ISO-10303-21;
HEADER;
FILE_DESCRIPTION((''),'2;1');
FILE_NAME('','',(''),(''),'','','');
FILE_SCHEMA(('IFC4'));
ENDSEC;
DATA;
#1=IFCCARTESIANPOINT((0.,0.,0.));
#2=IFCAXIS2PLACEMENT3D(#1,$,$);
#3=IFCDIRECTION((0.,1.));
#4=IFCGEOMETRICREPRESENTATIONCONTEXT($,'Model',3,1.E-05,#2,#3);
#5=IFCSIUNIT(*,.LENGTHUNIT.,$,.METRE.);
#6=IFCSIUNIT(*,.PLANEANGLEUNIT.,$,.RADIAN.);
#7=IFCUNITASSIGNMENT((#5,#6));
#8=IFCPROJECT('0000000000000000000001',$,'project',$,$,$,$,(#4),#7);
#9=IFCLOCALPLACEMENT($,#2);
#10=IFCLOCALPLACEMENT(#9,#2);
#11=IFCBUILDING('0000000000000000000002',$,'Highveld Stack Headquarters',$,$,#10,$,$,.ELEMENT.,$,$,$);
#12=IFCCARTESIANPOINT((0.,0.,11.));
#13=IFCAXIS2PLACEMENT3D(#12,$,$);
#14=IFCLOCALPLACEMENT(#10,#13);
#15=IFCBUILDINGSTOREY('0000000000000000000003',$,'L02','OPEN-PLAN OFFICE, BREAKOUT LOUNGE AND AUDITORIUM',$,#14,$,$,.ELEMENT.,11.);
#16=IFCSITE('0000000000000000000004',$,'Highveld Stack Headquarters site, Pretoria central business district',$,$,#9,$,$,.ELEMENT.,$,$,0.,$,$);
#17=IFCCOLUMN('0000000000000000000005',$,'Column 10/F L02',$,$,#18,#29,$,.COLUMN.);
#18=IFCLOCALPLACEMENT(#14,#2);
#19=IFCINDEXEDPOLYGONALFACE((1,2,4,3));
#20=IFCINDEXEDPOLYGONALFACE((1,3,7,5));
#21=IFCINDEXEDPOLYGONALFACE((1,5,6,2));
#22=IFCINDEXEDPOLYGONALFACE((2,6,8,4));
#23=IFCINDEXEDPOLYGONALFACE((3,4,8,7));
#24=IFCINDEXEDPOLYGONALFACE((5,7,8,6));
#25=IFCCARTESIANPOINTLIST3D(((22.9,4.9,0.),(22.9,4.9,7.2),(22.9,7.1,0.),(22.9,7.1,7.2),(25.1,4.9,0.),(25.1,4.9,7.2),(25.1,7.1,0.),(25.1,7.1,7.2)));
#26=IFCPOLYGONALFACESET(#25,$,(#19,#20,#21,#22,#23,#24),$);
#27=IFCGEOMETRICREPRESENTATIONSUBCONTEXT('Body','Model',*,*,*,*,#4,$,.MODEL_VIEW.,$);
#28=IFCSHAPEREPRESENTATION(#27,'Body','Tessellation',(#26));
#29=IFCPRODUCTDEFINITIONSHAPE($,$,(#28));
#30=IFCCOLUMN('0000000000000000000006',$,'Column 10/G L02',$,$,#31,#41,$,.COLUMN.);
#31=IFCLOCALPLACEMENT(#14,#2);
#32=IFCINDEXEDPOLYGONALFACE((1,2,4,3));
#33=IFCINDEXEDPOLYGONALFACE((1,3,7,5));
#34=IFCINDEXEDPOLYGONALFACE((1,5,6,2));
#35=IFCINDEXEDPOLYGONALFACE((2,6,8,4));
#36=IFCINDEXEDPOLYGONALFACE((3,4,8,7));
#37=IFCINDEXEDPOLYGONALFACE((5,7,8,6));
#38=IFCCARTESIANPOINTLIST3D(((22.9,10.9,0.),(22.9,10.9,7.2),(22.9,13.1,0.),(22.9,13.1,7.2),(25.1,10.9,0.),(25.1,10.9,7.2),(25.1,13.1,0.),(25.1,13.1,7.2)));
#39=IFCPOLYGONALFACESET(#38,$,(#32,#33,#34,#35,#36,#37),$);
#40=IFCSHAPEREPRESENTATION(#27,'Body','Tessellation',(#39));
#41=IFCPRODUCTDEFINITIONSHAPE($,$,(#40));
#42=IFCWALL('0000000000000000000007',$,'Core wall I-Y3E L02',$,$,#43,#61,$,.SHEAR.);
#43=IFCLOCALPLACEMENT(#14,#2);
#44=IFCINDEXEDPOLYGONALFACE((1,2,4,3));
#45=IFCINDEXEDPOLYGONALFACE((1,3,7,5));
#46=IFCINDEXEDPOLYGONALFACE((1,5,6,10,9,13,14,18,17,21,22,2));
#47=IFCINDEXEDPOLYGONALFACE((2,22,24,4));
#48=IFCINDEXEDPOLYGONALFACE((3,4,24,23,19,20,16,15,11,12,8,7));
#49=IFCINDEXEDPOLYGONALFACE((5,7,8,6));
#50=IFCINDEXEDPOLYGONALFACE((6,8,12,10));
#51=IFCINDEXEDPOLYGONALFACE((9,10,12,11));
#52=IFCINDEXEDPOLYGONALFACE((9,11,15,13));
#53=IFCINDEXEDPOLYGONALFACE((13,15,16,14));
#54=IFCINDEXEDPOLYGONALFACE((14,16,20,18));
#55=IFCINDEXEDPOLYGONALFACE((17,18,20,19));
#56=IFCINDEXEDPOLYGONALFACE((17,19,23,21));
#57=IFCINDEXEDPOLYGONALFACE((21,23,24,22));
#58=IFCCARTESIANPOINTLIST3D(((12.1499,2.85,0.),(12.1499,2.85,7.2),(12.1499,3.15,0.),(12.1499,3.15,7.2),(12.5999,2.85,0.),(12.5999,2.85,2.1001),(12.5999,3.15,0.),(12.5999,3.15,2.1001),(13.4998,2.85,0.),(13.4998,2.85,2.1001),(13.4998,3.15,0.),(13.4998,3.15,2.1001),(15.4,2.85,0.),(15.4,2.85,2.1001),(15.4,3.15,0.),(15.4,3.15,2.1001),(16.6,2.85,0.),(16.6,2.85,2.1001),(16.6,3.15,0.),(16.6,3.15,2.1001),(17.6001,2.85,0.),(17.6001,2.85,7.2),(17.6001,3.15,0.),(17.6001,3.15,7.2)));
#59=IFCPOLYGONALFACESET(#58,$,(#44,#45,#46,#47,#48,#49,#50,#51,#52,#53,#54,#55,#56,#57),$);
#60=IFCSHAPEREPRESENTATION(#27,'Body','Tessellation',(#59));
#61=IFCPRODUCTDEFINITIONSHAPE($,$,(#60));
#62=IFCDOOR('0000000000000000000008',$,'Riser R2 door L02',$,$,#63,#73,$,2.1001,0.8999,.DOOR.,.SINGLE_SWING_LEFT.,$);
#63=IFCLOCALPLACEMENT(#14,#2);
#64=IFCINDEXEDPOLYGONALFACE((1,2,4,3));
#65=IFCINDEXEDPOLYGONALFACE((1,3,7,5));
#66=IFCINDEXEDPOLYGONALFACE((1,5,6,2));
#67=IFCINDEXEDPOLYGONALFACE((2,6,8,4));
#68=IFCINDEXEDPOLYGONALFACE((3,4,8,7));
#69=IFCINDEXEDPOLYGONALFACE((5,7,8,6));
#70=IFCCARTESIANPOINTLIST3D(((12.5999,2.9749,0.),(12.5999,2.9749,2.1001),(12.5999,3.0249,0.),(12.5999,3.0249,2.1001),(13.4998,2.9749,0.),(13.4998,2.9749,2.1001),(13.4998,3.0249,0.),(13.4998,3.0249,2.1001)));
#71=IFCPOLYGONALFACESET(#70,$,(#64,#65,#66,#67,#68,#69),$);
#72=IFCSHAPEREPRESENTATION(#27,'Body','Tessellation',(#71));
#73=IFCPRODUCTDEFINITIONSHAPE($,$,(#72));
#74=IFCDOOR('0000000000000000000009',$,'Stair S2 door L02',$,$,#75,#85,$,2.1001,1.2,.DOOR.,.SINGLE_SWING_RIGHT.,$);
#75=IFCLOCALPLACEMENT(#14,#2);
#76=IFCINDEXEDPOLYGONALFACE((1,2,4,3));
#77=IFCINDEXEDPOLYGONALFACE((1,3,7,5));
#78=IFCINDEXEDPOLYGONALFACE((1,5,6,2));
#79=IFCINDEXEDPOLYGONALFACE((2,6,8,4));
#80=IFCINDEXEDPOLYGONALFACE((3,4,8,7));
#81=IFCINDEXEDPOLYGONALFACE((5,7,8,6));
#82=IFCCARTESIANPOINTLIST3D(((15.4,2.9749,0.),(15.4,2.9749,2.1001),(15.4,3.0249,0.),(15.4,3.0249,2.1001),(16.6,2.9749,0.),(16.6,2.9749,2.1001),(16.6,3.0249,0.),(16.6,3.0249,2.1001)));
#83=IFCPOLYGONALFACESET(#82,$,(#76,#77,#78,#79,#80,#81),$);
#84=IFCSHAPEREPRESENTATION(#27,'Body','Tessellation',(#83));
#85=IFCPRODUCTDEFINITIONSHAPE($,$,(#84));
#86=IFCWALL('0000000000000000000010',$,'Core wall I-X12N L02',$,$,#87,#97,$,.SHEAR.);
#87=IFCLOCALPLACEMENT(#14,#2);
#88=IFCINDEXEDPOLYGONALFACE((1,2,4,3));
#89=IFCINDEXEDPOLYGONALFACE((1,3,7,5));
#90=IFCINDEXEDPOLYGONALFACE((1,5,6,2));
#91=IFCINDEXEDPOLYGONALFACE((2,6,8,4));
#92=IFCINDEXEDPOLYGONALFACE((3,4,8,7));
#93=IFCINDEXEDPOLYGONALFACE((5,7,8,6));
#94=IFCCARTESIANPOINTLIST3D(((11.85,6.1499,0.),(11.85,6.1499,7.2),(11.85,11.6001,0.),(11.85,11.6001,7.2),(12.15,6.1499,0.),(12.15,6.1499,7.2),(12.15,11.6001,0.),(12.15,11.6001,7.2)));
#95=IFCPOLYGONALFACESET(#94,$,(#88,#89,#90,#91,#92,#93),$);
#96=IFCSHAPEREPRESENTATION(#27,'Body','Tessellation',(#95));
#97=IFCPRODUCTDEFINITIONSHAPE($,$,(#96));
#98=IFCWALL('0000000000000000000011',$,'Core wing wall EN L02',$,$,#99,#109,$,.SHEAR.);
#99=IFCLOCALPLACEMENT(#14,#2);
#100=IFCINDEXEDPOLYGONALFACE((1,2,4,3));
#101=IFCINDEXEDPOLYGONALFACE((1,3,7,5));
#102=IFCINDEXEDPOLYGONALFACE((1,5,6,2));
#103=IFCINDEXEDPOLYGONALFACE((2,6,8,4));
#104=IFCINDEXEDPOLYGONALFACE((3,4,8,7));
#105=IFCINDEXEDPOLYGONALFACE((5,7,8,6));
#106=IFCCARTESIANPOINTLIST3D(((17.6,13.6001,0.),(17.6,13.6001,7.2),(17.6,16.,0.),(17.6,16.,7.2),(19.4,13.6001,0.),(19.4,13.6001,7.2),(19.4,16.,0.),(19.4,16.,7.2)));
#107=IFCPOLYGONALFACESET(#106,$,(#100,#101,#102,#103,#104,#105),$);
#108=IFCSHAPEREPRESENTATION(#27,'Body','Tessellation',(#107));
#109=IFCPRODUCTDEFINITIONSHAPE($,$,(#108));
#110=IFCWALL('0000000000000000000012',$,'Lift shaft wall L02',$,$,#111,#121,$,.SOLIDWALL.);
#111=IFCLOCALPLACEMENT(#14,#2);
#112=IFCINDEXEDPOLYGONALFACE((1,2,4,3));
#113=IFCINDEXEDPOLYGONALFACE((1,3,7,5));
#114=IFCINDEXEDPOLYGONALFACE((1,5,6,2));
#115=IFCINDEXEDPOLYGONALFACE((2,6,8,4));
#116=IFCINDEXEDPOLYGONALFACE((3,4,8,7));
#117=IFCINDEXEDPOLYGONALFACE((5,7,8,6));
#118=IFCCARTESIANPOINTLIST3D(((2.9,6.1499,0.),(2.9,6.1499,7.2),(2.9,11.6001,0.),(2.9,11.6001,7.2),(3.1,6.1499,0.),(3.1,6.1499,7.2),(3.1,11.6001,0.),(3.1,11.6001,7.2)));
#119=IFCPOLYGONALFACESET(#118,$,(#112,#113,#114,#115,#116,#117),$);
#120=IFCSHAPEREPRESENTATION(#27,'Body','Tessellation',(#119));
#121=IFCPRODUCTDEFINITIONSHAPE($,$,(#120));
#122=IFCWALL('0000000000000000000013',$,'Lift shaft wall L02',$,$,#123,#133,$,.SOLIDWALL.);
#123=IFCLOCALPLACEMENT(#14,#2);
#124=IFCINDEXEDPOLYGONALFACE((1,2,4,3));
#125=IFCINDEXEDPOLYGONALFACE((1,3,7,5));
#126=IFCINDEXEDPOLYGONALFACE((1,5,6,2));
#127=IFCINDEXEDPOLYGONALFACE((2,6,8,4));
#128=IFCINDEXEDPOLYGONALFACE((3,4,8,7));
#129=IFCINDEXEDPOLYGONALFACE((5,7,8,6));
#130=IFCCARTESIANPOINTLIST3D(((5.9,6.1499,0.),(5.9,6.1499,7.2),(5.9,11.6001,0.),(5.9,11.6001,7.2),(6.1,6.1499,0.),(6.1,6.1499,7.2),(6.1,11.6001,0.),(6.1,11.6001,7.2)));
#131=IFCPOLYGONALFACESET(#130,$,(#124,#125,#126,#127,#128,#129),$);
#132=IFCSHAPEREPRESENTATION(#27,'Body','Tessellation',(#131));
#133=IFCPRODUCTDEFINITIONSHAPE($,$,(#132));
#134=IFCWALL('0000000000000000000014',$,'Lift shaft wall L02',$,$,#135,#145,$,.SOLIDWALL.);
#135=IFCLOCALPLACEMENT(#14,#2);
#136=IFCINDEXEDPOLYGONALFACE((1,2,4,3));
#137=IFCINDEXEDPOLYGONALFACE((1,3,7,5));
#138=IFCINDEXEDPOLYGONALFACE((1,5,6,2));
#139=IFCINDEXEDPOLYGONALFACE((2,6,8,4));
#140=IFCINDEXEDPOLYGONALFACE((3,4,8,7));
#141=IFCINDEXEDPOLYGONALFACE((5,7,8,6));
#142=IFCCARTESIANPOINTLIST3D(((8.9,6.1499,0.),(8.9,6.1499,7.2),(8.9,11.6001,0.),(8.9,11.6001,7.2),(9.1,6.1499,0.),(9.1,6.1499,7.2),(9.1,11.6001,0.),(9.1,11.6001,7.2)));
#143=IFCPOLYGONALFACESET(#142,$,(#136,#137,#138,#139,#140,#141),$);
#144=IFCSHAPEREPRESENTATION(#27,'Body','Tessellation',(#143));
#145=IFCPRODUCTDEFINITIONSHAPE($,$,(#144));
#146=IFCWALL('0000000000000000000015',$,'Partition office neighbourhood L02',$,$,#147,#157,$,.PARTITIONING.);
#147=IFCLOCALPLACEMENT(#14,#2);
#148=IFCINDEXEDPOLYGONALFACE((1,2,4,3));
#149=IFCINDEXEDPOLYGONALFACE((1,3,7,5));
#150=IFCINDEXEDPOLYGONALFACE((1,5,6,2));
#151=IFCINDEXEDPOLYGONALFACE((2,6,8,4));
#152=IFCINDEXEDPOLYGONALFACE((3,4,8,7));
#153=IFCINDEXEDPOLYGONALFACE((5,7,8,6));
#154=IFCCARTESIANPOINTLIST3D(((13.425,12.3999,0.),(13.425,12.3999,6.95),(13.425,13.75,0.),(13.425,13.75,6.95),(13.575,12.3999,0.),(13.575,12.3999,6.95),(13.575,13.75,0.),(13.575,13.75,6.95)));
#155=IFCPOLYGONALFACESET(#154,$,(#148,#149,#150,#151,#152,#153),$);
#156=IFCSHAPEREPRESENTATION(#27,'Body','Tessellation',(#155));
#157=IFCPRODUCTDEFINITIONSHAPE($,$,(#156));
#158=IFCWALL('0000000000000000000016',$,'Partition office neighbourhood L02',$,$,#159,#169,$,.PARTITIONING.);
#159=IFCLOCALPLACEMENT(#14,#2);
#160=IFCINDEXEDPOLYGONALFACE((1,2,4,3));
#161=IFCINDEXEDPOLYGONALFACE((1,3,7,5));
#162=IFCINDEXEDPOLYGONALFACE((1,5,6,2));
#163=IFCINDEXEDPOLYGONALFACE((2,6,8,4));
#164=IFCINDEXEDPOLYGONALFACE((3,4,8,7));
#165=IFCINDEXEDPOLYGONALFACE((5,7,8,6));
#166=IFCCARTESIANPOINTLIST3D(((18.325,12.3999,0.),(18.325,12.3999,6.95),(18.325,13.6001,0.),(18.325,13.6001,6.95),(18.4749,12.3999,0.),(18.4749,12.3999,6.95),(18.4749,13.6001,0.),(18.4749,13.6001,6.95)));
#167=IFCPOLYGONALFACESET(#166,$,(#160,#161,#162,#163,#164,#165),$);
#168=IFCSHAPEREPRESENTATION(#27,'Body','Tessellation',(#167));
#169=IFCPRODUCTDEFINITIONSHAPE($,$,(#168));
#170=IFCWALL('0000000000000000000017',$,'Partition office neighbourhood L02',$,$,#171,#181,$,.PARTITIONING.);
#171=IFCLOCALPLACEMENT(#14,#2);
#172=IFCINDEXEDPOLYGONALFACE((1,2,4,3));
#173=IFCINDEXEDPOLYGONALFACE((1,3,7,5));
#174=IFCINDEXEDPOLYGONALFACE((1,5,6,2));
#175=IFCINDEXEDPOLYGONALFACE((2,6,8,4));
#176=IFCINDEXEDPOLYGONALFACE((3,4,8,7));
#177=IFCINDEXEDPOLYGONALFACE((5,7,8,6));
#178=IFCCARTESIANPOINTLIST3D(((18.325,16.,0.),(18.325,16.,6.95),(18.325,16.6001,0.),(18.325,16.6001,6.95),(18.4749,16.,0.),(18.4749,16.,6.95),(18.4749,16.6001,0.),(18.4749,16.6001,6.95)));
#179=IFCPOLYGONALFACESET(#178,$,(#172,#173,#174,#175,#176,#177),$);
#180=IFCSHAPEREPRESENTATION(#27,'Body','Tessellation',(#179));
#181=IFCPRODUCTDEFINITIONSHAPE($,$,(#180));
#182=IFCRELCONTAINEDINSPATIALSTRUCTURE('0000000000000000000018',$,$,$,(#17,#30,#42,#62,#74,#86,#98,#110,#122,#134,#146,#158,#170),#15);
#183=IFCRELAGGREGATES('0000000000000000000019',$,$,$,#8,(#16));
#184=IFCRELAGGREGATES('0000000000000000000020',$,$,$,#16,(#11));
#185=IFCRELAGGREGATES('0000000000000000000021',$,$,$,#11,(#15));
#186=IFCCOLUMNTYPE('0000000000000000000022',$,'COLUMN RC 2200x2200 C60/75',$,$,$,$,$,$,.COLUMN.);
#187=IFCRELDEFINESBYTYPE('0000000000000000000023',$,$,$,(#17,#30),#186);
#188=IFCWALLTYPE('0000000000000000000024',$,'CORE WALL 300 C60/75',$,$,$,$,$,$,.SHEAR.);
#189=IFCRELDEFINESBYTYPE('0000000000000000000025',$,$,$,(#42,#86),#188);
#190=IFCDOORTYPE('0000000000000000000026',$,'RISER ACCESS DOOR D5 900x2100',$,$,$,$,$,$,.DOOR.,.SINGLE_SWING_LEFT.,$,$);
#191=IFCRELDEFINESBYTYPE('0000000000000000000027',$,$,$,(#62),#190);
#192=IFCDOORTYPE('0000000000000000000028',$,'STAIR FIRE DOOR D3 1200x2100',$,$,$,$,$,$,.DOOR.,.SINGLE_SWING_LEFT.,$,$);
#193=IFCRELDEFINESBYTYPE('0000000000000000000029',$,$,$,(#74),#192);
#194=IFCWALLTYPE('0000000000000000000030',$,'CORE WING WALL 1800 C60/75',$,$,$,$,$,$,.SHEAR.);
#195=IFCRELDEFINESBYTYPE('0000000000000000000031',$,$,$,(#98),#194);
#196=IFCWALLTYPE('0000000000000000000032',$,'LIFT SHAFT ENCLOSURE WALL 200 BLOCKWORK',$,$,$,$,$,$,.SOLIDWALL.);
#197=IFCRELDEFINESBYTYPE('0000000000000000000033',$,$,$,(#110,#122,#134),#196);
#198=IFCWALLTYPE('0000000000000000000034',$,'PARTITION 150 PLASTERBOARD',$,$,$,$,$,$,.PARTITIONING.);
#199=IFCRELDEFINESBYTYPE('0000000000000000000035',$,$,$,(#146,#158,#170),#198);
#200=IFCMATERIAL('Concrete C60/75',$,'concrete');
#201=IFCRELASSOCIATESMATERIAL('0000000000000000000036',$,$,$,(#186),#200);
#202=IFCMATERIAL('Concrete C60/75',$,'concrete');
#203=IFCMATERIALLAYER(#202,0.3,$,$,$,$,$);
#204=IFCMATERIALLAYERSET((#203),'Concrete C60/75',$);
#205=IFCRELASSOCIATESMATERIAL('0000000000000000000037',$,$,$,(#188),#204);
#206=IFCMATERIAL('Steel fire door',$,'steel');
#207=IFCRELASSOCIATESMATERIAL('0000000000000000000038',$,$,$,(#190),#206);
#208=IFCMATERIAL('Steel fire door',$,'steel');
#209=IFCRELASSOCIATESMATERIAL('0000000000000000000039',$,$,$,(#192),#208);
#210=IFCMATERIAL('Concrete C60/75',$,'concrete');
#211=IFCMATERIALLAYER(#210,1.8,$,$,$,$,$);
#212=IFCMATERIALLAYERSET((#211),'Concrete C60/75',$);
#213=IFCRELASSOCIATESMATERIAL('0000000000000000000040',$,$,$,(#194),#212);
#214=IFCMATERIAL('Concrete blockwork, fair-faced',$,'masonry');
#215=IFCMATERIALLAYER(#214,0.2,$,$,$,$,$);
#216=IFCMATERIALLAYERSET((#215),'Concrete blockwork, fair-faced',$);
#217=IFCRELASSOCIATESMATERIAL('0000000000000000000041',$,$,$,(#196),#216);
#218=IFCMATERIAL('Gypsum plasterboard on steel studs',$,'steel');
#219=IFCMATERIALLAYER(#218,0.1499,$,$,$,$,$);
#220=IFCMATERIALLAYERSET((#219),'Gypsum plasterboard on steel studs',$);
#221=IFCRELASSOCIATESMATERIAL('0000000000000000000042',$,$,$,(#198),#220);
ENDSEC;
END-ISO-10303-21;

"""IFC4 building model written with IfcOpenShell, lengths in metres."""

from ifc_helpers import new_model, si_unit, direction, frame, frame_2d, origin, origin_2d, place, context, subcontext, project, spatial, rectangle, extrude, material, layer, layer_set, material_profile, profile_set, type_object, element, fill, save


model = new_model("IFC4")

# Units and contexts
model_context = context("Model", 3, precision=1e-05, world=origin(), true_north=direction((0.0, 1.0)))
body_context = subcontext(model_context, "Body", "Model", "MODEL_VIEW")
ifc_project = project(units=[si_unit("LENGTHUNIT", "METRE"), si_unit("PLANEANGLEUNIT", "RADIAN")], contexts=[model_context])

# Site, building, storey
site_placement = place(None, origin())
site = spatial("IfcSite", under=ifc_project, at=site_placement, Name="Highveld Stack Headquarters site, Pretoria central business district", CompositionType="ELEMENT", RefElevation=0.0)
building_placement = place(site_placement, origin())
building = spatial("IfcBuilding", under=site, at=building_placement, Name="Highveld Stack Headquarters", CompositionType="ELEMENT")
storey_placement = place(building_placement, frame((0.0, 0.0, 11.0)))
storey = spatial("IfcBuildingStorey", under=building, at=storey_placement, Name="L02", Description="OPEN-PLAN OFFICE, BREAKOUT LOUNGE AND AUDITORIUM", CompositionType="ELEMENT", Elevation=11.0)

# Columns
ifc_material_1 = material(Name="Concrete C60/75", Category="concrete")
ifc_material_profile = material_profile(ifc_material_1, rectangle(XDim=2.2, YDim=2.2, at=origin_2d()), Name="RC 2200x2200")
ifc_profile_set = profile_set([ifc_material_profile], Name="Concrete C60/75")
column_type = type_object("IfcColumnType", Name="COLUMN RC 2200x2200 C60/75", PredefinedType="COLUMN", material=ifc_profile_set)
for number, where, z_axis, x_axis, name in (
    (1, (24.0, 6.0, 0.0), (0.0, 0.0, 1.0), (1.0, 0.0, 0.0), "Column 10/F L02"),
    (2, (24.0, 12.0, 0.0), (0.0, 0.0, 1.0), (1.0, 0.0, 0.0), "Column 10/G L02"),
):
    element("IfcColumn", number, at=place(storey_placement, frame(where, z_axis=z_axis, x_axis=x_axis)), inside=storey, type_object=column_type, Name=name, PredefinedType="COLUMN", context=body_context, shape_type="SweptSolid", body=[
        extrude(rectangle(XDim=2.2, YDim=2.2, at=origin_2d()), origin(), (0.0, 0.0, 1.0), 7.2),
    ])

# Wall, openings, doors
ifc_material_2 = material(Name="Concrete C60/75", Category="concrete")
ifc_layer_1 = layer(ifc_material_2, 0.3)
ifc_layer_set_1 = layer_set([ifc_layer_1], Name="Concrete C60/75")
wall_type_1 = type_object("IfcWallType", Name="CORE WALL 300 C60/75", PredefinedType="SHEAR", material=ifc_layer_set_1)
wall_1_placement = place(storey_placement, frame((12.1499, 3.0, 0.0), z_axis=(0.0, 0.0, 1.0), x_axis=(1.0, 0.0, 0.0)))
wall_1 = element("IfcWall", 3, at=wall_1_placement, inside=storey, type_object=wall_type_1, Name="Core wall I-Y3E L02", PredefinedType="SHEAR", context=body_context, shape_type="SweptSolid", body=[
    extrude(rectangle(XDim=5.4502, YDim=0.3, at=frame_2d((2.7251, 0.0))), origin(), (0.0, 0.0, 1.0), 7.2),
])
opening_1_placement = place(wall_1_placement, frame((3.25, 0.0, 0.0)))
opening_1 = element("IfcOpeningElement", 4, at=opening_1_placement, cuts=wall_1, PredefinedType="OPENING", context=body_context, shape_type="SweptSolid", body=[
    extrude(rectangle(XDim=1.2, YDim=2.1001, at=frame_2d((0.6001, 1.05))), frame((0.0, 0.1599, 0.0), z_axis=(0.0, -1.0, 0.0), x_axis=(1.0, 0.0, 0.0)), (0.0, 0.0, 1.0), 0.3201),
])
opening_2_placement = place(wall_1_placement, frame((0.45, 0.0, 0.0)))
opening_2 = element("IfcOpeningElement", 5, at=opening_2_placement, cuts=wall_1, PredefinedType="OPENING", context=body_context, shape_type="SweptSolid", body=[
    extrude(rectangle(XDim=0.8999, YDim=2.1001, at=frame_2d((0.45, 1.05))), frame((0.0, 0.1599, 0.0), z_axis=(0.0, -1.0, 0.0), x_axis=(1.0, 0.0, 0.0)), (0.0, 0.0, 1.0), 0.3201),
])
ifc_material_3 = material(Name="Steel fire door", Category="steel")
door_type_1 = type_object("IfcDoorType", Name="RISER ACCESS DOOR D5 900x2100", OperationType="SINGLE_SWING_LEFT", PredefinedType="DOOR", material=ifc_material_3)
door_1_placement = place(opening_2_placement, origin())
door_1 = element("IfcDoor", 6, at=door_1_placement, inside=storey, type_object=door_type_1, Name="Riser R2 door L02", OperationType="SINGLE_SWING_LEFT", OverallHeight=2.1001, OverallWidth=0.8999, PredefinedType="DOOR", context=body_context, shape_type="SweptSolid", body=[
    extrude(rectangle(XDim=0.8999, YDim=2.1001, at=frame_2d((0.45, 1.05))), frame((0.0, 0.0249, 0.0), z_axis=(0.0, -1.0, 0.0), x_axis=(1.0, 0.0, 0.0)), (0.0, 0.0, 1.0), 0.05),
])
fill(opening_2, door_1)
ifc_material_4 = material(Name="Steel fire door", Category="steel")
door_type_2 = type_object("IfcDoorType", Name="STAIR FIRE DOOR D3 1200x2100", OperationType="SINGLE_SWING_LEFT", PredefinedType="DOOR", material=ifc_material_4)
door_2_placement = place(opening_1_placement, origin())
door_2 = element("IfcDoor", 7, at=door_2_placement, inside=storey, type_object=door_type_2, Name="Stair S2 door L02", OperationType="SINGLE_SWING_RIGHT", OverallHeight=2.1001, OverallWidth=1.2, PredefinedType="DOOR", context=body_context, shape_type="SweptSolid", body=[
    extrude(rectangle(XDim=1.2, YDim=2.1001, at=frame_2d((0.6001, 1.05))), frame((0.0, 0.0249, 0.0), z_axis=(0.0, -1.0, 0.0), x_axis=(1.0, 0.0, 0.0)), (0.0, 0.0, 1.0), 0.05),
])
fill(opening_1, door_2)

# Walls
wall_2_placement = place(storey_placement, frame((12.0, 6.1499, 0.0), z_axis=(0.0, 0.0, 1.0), x_axis=(0.0, 1.0, 0.0)))
element("IfcWall", 8, at=wall_2_placement, inside=storey, type_object=wall_type_1, Name="Core wall I-X12N L02", PredefinedType="SHEAR", context=body_context, shape_type="SweptSolid", body=[
    extrude(rectangle(XDim=5.4502, YDim=0.3, at=frame_2d((2.7251, 0.0))), origin(), (0.0, 0.0, 1.0), 7.2),
])
ifc_material_5 = material(Name="Concrete C60/75", Category="concrete")
ifc_layer_2 = layer(ifc_material_5, 1.8)
ifc_layer_set_2 = layer_set([ifc_layer_2], Name="Concrete C60/75")
wall_type_2 = type_object("IfcWallType", Name="CORE WING WALL 1800 C60/75", PredefinedType="SHEAR", material=ifc_layer_set_2)
wall_3_placement = place(storey_placement, frame((18.5, 13.6001, 0.0), z_axis=(0.0, 0.0, 1.0), x_axis=(0.0, 1.0, 0.0)))
element("IfcWall", 9, at=wall_3_placement, inside=storey, type_object=wall_type_2, Name="Core wing wall EN L02", PredefinedType="SHEAR", context=body_context, shape_type="SweptSolid", body=[
    extrude(rectangle(XDim=2.3999, YDim=1.8, at=frame_2d((1.2, 0.0))), origin(), (0.0, 0.0, 1.0), 7.2),
])
ifc_material_6 = material(Name="Concrete blockwork, fair-faced", Category="masonry")
ifc_layer_3 = layer(ifc_material_6, 0.2)
ifc_layer_set_3 = layer_set([ifc_layer_3], Name="Concrete blockwork, fair-faced")
wall_type_3 = type_object("IfcWallType", Name="LIFT SHAFT ENCLOSURE WALL 200 BLOCKWORK", PredefinedType="SOLIDWALL", material=ifc_layer_set_3)
for number, where, z_axis, x_axis, name in (
    (10, (3.0, 6.1499, 0.0), (0.0, 0.0, 1.0), (0.0, 1.0, 0.0), "Lift shaft wall L02"),
    (11, (6.0, 6.1499, 0.0), (0.0, 0.0, 1.0), (0.0, 1.0, 0.0), "Lift shaft wall L02"),
    (12, (9.0, 6.1499, 0.0), (0.0, 0.0, 1.0), (0.0, 1.0, 0.0), "Lift shaft wall L02"),
):
    element("IfcWall", number, at=place(storey_placement, frame(where, z_axis=z_axis, x_axis=x_axis)), inside=storey, type_object=wall_type_3, Name=name, PredefinedType="SOLIDWALL", context=body_context, shape_type="SweptSolid", body=[
        extrude(rectangle(XDim=5.4502, YDim=0.2, at=frame_2d((2.7251, 0.0))), origin(), (0.0, 0.0, 1.0), 7.2),
    ])

# Shared definitions
ifc_material_7 = material(Name="Gypsum plasterboard on steel studs", Category="steel")
ifc_layer_4 = layer(ifc_material_7, 0.1499)
ifc_layer_set_4 = layer_set([ifc_layer_4], Name="Gypsum plasterboard on steel studs")
wall_type_4 = type_object("IfcWallType", Name="PARTITION 150 PLASTERBOARD", PredefinedType="PARTITIONING", material=ifc_layer_set_4)

# Walls
wall_4_placement = place(storey_placement, frame((13.5, 12.3999, 0.0), z_axis=(0.0, 0.0, 1.0), x_axis=(0.0, 1.0, 0.0)))
element("IfcWall", 13, at=wall_4_placement, inside=storey, type_object=wall_type_4, Name="Partition office neighbourhood L02", PredefinedType="PARTITIONING", context=body_context, shape_type="SweptSolid", body=[
    extrude(rectangle(XDim=1.3501, YDim=0.1499, at=frame_2d((0.675, 0.0))), origin(), (0.0, 0.0, 1.0), 6.95),
])
wall_5_placement = place(storey_placement, frame((18.3999, 12.3999, 0.0), z_axis=(0.0, 0.0, 1.0), x_axis=(0.0, 1.0, 0.0)))
element("IfcWall", 14, at=wall_5_placement, inside=storey, type_object=wall_type_4, Name="Partition office neighbourhood L02", PredefinedType="PARTITIONING", context=body_context, shape_type="SweptSolid", body=[
    extrude(rectangle(XDim=1.2002, YDim=0.1499, at=frame_2d((0.6001, 0.0))), origin(), (0.0, 0.0, 1.0), 6.95),
])
wall_6_placement = place(storey_placement, frame((18.3999, 16.0, 0.0), z_axis=(0.0, 0.0, 1.0), x_axis=(0.0, 1.0, 0.0)))
element("IfcWall", 15, at=wall_6_placement, inside=storey, type_object=wall_type_4, Name="Partition office neighbourhood L02", PredefinedType="PARTITIONING", context=body_context, shape_type="SweptSolid", body=[
    extrude(rectangle(XDim=0.6001, YDim=0.1499, at=frame_2d((0.3, 0.0))), origin(), (0.0, 0.0, 1.0), 6.95),
])

save(model, "model.ifc")
